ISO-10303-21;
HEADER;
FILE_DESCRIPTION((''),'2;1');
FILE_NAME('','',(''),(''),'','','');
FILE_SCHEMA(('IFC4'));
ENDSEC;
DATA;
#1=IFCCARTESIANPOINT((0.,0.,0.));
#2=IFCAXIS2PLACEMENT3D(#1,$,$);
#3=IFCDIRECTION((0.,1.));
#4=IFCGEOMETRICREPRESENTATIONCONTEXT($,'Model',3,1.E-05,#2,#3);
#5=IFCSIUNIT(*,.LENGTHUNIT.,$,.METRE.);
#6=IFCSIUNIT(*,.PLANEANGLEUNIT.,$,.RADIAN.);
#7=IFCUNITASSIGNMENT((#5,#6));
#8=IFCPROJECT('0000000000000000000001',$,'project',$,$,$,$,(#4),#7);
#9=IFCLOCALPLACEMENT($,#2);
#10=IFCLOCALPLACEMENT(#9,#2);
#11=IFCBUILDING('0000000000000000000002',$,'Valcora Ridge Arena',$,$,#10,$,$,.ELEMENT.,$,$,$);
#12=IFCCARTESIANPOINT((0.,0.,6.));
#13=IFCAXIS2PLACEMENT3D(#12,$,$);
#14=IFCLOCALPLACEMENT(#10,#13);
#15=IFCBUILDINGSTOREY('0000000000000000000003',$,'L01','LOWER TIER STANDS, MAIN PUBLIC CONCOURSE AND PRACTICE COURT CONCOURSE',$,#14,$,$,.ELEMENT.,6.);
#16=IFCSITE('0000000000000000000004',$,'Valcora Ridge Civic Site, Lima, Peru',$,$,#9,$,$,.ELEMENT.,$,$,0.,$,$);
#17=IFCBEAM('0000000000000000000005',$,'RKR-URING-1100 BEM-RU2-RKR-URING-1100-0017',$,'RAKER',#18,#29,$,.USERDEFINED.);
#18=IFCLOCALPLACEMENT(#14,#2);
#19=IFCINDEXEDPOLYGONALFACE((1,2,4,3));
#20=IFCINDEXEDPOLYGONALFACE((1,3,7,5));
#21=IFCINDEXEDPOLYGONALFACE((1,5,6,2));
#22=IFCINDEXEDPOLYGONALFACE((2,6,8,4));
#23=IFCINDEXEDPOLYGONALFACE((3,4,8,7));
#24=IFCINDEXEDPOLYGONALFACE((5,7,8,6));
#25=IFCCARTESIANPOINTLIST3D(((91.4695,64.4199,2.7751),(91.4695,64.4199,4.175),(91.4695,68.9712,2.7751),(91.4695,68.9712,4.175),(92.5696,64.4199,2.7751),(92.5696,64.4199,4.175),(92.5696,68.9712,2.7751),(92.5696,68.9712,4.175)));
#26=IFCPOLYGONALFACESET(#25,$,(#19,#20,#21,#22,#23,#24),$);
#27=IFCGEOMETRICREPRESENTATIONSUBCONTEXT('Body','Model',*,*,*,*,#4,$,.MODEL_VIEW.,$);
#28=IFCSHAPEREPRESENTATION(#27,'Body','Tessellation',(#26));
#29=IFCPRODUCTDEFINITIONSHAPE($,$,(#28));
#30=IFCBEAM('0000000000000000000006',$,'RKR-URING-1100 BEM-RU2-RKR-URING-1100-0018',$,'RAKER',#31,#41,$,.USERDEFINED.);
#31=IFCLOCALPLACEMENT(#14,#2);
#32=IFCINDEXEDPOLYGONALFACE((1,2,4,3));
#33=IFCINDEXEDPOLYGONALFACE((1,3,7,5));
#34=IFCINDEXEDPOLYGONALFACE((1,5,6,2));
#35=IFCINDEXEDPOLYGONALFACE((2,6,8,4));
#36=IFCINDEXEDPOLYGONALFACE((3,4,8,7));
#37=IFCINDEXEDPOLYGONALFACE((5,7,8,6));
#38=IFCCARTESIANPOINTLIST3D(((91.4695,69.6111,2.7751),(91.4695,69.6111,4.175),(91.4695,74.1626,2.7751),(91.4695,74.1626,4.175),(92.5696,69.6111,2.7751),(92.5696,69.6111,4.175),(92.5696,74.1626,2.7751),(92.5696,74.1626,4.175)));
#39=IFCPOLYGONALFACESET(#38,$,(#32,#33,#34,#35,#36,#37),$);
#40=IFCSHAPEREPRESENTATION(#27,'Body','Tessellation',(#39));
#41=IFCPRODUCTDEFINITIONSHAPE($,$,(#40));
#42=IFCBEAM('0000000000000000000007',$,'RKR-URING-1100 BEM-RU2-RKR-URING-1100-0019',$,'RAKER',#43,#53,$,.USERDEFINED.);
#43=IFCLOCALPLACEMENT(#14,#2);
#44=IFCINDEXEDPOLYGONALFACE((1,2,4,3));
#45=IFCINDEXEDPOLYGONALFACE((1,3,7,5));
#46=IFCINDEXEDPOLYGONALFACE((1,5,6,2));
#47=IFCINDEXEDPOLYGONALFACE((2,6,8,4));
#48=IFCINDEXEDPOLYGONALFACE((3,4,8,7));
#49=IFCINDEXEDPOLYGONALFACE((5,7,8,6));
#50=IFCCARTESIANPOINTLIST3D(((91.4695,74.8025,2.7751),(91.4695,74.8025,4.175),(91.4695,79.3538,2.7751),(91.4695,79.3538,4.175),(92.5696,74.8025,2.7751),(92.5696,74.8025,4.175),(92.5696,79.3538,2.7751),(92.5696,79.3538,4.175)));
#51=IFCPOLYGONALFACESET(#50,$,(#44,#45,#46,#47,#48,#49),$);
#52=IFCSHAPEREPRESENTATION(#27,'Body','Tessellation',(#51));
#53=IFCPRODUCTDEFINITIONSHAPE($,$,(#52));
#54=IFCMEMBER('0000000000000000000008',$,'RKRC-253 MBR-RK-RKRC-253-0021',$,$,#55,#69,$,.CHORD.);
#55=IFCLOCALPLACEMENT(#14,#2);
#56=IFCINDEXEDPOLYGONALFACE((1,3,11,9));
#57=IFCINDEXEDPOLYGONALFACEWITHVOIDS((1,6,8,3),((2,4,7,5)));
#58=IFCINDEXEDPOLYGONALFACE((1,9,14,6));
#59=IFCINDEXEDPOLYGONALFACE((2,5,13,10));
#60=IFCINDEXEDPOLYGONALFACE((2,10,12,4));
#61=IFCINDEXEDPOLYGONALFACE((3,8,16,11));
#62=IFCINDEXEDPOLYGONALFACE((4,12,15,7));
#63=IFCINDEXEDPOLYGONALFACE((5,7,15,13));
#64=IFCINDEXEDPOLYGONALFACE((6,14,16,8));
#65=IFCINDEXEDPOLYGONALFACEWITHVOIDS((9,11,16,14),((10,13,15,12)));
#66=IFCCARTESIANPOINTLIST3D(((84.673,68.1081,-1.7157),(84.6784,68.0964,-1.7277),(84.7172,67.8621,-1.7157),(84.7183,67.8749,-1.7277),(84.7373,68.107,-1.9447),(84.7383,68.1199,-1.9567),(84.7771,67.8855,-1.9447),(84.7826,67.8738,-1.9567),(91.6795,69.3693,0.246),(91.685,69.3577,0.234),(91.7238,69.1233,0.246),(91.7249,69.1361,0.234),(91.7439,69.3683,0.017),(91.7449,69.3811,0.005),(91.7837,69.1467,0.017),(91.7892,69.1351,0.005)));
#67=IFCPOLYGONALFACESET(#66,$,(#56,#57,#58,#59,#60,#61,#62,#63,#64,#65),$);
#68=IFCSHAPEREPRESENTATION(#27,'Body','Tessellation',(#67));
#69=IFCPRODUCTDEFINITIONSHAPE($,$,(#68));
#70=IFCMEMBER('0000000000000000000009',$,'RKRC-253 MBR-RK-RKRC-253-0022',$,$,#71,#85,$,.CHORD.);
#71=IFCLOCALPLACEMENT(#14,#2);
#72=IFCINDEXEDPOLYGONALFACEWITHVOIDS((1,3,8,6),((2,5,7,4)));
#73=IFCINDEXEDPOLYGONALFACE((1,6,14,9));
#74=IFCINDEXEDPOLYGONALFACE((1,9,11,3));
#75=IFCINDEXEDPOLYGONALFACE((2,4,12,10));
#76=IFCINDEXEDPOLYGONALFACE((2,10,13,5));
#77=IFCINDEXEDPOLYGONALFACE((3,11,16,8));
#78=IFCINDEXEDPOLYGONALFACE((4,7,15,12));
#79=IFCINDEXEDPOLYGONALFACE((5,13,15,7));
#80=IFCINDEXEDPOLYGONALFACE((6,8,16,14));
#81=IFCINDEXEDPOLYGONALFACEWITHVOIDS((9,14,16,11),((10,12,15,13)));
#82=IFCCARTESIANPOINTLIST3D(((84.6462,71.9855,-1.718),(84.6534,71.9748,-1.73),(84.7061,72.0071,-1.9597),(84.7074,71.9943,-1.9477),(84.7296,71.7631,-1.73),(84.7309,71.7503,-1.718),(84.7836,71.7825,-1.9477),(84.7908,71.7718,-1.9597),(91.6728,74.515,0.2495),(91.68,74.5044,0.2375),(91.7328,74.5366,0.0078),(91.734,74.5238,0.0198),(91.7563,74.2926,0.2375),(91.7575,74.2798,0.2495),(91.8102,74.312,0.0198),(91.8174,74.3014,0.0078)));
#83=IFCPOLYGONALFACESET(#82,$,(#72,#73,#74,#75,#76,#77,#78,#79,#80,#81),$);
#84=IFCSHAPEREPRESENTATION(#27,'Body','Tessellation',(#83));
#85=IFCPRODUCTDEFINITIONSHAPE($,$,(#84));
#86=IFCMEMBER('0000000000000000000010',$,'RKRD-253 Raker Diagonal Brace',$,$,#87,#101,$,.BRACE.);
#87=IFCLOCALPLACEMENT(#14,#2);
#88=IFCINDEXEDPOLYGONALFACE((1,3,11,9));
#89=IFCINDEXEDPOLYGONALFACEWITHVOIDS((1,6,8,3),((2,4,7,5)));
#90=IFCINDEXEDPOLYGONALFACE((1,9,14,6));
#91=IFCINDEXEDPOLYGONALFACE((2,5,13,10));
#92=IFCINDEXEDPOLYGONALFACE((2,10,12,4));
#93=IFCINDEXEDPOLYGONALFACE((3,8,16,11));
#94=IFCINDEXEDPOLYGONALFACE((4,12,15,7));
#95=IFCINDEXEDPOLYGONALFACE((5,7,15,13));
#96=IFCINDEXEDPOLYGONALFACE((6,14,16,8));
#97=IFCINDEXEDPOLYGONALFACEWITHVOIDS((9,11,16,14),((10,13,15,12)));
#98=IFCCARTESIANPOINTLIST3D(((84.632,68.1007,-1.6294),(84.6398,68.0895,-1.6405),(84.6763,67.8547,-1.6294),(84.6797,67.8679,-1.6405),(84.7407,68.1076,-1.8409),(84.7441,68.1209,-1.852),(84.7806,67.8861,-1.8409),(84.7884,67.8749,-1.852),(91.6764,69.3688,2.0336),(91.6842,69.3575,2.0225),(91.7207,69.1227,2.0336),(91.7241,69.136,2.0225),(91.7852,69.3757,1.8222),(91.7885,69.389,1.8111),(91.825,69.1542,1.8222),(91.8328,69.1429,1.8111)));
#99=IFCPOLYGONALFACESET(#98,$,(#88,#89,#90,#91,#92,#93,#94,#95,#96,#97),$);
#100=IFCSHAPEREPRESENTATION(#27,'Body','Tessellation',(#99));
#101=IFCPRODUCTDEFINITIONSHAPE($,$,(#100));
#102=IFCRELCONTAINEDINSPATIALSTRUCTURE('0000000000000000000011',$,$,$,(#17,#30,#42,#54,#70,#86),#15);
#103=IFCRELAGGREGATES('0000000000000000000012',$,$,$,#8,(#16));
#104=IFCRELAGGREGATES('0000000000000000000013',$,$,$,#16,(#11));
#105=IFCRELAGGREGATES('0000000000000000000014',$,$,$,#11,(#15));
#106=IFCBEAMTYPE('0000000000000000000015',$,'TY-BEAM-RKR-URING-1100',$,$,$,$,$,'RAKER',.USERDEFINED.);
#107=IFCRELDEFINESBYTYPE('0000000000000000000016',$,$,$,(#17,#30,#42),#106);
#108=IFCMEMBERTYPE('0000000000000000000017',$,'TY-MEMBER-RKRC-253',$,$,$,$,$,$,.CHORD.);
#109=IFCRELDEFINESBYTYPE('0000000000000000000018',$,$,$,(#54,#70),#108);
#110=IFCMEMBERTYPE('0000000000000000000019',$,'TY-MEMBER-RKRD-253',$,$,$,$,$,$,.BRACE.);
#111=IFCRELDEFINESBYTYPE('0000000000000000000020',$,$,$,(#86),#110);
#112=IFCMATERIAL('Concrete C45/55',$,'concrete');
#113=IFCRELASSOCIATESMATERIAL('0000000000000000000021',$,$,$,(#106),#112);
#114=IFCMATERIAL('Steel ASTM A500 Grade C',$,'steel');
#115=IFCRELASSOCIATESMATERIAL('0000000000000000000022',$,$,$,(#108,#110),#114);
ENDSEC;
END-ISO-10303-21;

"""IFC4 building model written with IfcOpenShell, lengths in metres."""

from ifc_helpers import new_model, si_unit, direction, frame, origin, origin_2d, place, context, subcontext, project, spatial, rectangle, hollow_rectangle, extrude, material, material_profile, profile_set, type_object, element, save


model = new_model("IFC4")

# Units and contexts
model_context = context("Model", 3, precision=1e-05, world=origin(), true_north=direction((0.0, 1.0)))
body_context = subcontext(model_context, "Body", "Model", "MODEL_VIEW")
ifc_project = project(units=[si_unit("LENGTHUNIT", "METRE"), si_unit("PLANEANGLEUNIT", "RADIAN")], contexts=[model_context])

# Site, building, storey
site_placement = place(None, origin())
site = spatial("IfcSite", under=ifc_project, at=site_placement, Name="Valcora Ridge Civic Site, Lima, Peru", CompositionType="ELEMENT", RefElevation=0.0)
building_placement = place(site_placement, origin())
building = spatial("IfcBuilding", under=site, at=building_placement, Name="Valcora Ridge Arena", CompositionType="ELEMENT")
storey_placement = place(building_placement, frame((0.0, 0.0, 6.0)))
storey = spatial("IfcBuildingStorey", under=building, at=storey_placement, Name="L01", Description="LOWER TIER STANDS, MAIN PUBLIC CONCOURSE AND PRACTICE COURT CONCOURSE", CompositionType="ELEMENT", Elevation=6.0)

# Beams
ifc_material_1 = material(Name="Concrete C45/55", Category="concrete")
ifc_material_profile_1 = material_profile(ifc_material_1, rectangle(XDim=1.1001, YDim=1.3999, at=origin_2d()), Name="RC 1100x1400")
ifc_profile_set_1 = profile_set([ifc_material_profile_1], Name="Concrete C45/55")
beam_type_1 = type_object("IfcBeamType", Name="TY-BEAM-RKR-URING-1100", ElementType="RAKER", PredefinedType="USERDEFINED", material=ifc_profile_set_1)
beam_1_placement = place(storey_placement, frame((92.0195, 64.4199, 3.4751), z_axis=(0.0, 1.0, 0.0), x_axis=(-1.0, 0.0, 0.0)))
element("IfcBeam", 1, at=beam_1_placement, inside=storey, type_object=beam_type_1, Name="RKR-URING-1100 BEM-RU2-RKR-URING-1100-0017", ObjectType="RAKER", PredefinedType="USERDEFINED", context=body_context, shape_type="SweptSolid", body=[
    extrude(rectangle(XDim=1.1001, YDim=1.3999, at=origin_2d()), origin(), (0.0, 0.0, 1.0), 4.5513),
])
beam_2_placement = place(storey_placement, frame((92.0195, 69.6111, 3.4751), z_axis=(0.0, 1.0, 0.0), x_axis=(-1.0, 0.0, 0.0)))
element("IfcBeam", 2, at=beam_2_placement, inside=storey, type_object=beam_type_1, Name="RKR-URING-1100 BEM-RU2-RKR-URING-1100-0018", ObjectType="RAKER", PredefinedType="USERDEFINED", context=body_context, shape_type="SweptSolid", body=[
    extrude(rectangle(XDim=1.1001, YDim=1.3999, at=origin_2d()), origin(), (0.0, 0.0, 1.0), 4.5515),
])
beam_3_placement = place(storey_placement, frame((92.0195, 74.8025, 3.4751), z_axis=(0.0, 1.0, 0.0), x_axis=(-1.0, 0.0, 0.0)))
element("IfcBeam", 3, at=beam_3_placement, inside=storey, type_object=beam_type_1, Name="RKR-URING-1100 BEM-RU2-RKR-URING-1100-0019", ObjectType="RAKER", PredefinedType="USERDEFINED", context=body_context, shape_type="SweptSolid", body=[
    extrude(rectangle(XDim=1.1001, YDim=1.3999, at=origin_2d()), origin(), (0.0, 0.0, 1.0), 4.5513),
])

# Members
ifc_material_2 = material(Name="Steel ASTM A500 Grade C", Category="steel")
ifc_material_profile_2 = material_profile(ifc_material_2, hollow_rectangle(XDim=0.25, YDim=0.25, WallThickness=0.0125, at=origin_2d()), Name="HSS250X250X12")
ifc_profile_set_2 = profile_set([ifc_material_profile_2], Name="Steel ASTM A500 Grade C")
member_type_1 = type_object("IfcMemberType", Name="TY-MEMBER-RKRC-253", PredefinedType="CHORD", material=ifc_profile_set_2)
member_1_placement = place(storey_placement, frame((84.7278, 67.991, -1.8362), z_axis=(0.948821, 0.170794, 0.265646), x_axis=(-0.177159, 0.984182, 0.0)))
element("IfcMember", 4, at=member_1_placement, inside=storey, type_object=member_type_1, Name="RKRC-253 MBR-RK-RKRC-253-0021", PredefinedType="CHORD", context=body_context, shape_type="SweptSolid", body=[
    extrude(hollow_rectangle(XDim=0.25, YDim=0.25, WallThickness=0.0125, at=origin_2d()), origin(), (0.0, 0.0, 1.0), 7.3845),
])
member_2_placement = place(storey_placement, frame((84.7185, 71.8787, -1.8389), z_axis=(0.909842, 0.327538, 0.254766), x_axis=(-0.338715, 0.940889, 0.0)))
element("IfcMember", 5, at=member_2_placement, inside=storey, type_object=member_type_1, Name="RKRC-253 MBR-RK-RKRC-253-0022", PredefinedType="CHORD", context=body_context, shape_type="SweptSolid", body=[
    extrude(hollow_rectangle(XDim=0.25, YDim=0.25, WallThickness=0.0125, at=origin_2d()), origin(), (0.0, 0.0, 1.0), 7.7229),
])
ifc_material_profile_3 = material_profile(ifc_material_2, hollow_rectangle(XDim=0.25, YDim=0.25, WallThickness=0.0125, at=origin_2d()), Name="HSS250X250X12")
ifc_profile_set_3 = profile_set([ifc_material_profile_3], Name="Steel ASTM A500 Grade C")
member_type_2 = type_object("IfcMemberType", Name="TY-MEMBER-RKRD-253", PredefinedType="BRACE", material=ifc_profile_set_3)
member_3_placement = place(storey_placement, frame((84.7102, 67.9878, -1.7407), z_axis=(0.876115, 0.157709, 0.455577), x_axis=(-0.177162, 0.984182, 0.0)))
element("IfcMember", 6, at=member_3_placement, inside=storey, type_object=member_type_2, Name="RKRD-253 Raker Diagonal Brace", PredefinedType="BRACE", context=body_context, shape_type="SweptSolid", body=[
    extrude(hollow_rectangle(XDim=0.25, YDim=0.25, WallThickness=0.0125, at=origin_2d()), origin(), (0.0, 0.0, 1.0), 8.0405),
])

save(model, "model.ifc")
